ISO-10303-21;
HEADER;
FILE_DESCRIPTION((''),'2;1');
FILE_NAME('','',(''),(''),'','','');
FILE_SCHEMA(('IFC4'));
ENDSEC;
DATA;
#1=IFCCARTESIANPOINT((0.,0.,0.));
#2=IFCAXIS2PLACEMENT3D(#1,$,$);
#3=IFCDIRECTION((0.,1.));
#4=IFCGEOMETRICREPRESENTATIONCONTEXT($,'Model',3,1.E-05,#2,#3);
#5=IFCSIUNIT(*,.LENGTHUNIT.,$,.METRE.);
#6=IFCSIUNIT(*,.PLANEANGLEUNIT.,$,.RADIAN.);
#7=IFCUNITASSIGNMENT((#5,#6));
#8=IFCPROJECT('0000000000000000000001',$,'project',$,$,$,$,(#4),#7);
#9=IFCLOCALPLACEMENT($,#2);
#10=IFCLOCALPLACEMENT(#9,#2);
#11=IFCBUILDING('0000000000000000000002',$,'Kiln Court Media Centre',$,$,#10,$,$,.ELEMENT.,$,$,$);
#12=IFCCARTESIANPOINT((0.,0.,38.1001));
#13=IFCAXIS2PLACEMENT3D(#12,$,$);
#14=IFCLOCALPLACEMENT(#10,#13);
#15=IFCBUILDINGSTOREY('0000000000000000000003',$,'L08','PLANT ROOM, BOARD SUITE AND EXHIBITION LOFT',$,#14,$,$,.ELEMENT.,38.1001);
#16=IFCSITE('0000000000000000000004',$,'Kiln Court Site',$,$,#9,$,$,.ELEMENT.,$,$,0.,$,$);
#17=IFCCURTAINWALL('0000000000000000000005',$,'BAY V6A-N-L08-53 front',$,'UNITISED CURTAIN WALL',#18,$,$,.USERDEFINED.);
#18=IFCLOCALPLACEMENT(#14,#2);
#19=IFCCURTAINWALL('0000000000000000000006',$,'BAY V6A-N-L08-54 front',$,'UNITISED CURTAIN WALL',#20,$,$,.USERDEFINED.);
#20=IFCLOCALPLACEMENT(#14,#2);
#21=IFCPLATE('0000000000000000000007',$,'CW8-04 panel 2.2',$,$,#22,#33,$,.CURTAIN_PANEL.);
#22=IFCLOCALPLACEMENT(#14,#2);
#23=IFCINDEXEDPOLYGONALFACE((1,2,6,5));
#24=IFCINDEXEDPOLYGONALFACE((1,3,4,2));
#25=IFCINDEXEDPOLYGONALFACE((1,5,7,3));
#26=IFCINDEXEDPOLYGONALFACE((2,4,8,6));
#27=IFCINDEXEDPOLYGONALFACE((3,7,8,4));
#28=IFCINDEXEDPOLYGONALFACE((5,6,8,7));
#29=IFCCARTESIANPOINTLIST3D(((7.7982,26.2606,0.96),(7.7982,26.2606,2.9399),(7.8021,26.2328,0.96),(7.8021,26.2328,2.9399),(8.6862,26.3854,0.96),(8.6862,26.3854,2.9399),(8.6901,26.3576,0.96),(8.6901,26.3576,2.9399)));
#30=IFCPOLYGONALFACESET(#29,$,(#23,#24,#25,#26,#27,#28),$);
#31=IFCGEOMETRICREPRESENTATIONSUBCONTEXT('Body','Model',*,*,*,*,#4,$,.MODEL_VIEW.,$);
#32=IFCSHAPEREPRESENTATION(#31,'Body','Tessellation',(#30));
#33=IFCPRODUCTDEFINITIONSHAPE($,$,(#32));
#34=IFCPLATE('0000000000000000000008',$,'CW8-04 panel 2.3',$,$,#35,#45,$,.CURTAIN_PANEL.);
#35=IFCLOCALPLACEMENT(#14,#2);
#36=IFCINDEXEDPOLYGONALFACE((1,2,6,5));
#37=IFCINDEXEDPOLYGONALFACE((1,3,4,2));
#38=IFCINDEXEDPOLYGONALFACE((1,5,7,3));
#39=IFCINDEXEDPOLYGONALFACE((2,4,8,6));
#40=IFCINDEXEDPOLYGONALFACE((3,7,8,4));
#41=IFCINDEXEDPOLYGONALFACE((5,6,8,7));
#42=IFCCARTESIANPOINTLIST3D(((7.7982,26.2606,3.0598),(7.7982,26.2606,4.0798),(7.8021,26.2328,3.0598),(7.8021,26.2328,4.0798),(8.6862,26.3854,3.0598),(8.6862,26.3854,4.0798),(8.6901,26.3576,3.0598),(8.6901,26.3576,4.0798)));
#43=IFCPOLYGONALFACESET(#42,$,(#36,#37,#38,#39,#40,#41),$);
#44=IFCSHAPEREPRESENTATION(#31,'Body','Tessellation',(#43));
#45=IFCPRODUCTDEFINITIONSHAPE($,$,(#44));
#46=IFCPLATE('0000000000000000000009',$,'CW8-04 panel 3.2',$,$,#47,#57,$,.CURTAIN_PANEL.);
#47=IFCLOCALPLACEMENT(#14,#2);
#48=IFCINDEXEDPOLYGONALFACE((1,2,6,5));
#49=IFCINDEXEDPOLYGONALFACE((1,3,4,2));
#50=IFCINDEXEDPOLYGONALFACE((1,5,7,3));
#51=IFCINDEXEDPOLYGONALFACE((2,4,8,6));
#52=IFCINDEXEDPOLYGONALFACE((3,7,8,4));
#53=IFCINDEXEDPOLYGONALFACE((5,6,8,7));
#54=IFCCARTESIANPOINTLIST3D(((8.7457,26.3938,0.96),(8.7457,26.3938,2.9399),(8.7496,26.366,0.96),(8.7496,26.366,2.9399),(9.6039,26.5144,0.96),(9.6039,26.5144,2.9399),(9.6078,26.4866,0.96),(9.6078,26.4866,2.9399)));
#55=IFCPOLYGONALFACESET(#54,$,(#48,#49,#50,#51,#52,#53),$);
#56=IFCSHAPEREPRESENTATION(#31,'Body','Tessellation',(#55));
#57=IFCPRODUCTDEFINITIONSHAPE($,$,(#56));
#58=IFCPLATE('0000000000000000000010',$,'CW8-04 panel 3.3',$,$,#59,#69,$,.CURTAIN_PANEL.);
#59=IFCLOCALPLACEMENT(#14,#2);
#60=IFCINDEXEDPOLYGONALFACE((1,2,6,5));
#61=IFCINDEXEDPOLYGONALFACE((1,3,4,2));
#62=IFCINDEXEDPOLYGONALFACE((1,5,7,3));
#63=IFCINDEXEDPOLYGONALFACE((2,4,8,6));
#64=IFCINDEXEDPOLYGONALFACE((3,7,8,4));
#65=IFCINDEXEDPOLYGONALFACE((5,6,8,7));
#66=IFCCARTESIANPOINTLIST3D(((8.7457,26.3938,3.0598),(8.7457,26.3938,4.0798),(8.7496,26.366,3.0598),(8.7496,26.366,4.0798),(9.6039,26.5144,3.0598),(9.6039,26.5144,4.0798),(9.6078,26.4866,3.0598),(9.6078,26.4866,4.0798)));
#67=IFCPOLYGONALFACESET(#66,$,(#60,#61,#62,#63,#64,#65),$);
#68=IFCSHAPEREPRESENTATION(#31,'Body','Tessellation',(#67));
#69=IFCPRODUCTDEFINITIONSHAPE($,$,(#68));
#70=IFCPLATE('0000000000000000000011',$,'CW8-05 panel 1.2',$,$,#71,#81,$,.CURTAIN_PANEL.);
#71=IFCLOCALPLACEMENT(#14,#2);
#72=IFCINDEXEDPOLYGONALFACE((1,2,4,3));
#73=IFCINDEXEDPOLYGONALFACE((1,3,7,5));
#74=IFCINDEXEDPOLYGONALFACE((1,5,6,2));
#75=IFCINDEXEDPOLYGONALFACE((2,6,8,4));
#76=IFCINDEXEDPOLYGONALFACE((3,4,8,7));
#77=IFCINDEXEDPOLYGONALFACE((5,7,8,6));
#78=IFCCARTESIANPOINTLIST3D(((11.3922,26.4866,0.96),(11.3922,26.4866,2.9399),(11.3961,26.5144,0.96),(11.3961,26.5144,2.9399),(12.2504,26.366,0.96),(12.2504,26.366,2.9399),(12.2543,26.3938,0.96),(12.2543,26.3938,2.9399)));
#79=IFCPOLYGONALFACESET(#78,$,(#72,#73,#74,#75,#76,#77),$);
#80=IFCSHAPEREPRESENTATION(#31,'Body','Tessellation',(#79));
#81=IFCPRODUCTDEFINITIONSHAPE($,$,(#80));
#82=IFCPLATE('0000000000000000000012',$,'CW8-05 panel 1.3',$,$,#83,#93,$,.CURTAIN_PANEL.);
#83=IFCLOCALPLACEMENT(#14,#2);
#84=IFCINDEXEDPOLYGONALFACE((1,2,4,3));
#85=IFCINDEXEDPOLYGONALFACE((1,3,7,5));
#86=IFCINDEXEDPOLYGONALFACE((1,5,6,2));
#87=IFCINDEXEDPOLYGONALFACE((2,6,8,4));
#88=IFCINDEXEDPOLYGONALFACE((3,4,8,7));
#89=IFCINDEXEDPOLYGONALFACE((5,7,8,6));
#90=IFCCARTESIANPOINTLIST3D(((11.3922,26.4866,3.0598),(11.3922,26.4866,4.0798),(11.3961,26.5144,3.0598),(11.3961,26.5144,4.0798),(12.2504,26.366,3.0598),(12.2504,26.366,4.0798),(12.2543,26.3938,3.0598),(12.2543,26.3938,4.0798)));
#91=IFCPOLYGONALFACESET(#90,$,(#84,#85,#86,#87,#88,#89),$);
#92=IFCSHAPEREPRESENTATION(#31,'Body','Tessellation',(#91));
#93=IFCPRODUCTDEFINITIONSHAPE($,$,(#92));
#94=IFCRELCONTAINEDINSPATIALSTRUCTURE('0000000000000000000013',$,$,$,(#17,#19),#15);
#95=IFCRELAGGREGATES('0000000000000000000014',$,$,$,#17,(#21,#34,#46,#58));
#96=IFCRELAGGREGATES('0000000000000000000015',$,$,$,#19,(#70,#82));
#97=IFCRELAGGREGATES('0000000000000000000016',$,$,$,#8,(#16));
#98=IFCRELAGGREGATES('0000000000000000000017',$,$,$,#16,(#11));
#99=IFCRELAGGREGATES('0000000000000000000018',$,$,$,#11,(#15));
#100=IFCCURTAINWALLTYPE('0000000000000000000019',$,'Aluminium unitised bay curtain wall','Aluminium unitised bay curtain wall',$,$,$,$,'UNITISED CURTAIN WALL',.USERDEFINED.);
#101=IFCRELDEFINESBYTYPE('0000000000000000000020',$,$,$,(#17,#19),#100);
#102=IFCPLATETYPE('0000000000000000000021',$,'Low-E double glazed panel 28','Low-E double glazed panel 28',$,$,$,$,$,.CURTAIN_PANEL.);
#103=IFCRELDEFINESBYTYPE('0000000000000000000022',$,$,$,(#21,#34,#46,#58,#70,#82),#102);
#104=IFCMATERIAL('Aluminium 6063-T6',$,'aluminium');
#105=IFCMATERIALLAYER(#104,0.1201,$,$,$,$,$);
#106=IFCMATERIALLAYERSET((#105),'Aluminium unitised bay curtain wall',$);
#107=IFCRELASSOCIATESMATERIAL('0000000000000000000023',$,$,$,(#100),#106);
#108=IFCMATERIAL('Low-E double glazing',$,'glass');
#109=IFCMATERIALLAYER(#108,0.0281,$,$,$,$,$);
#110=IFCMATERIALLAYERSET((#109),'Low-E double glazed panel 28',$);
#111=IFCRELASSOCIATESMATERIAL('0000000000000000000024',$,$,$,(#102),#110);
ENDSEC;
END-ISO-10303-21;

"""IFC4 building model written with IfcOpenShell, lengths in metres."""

from ifc_helpers import new_model, si_unit, direction, frame, origin, origin_2d, place, context, subcontext, project, spatial, rectangle, extrude, material, layer, layer_set, type_object, element, aggregate, save


model = new_model("IFC4")

# Units and contexts
model_context = context("Model", 3, precision=1e-05, world=origin(), true_north=direction((0.0, 1.0)))
body_context = subcontext(model_context, "Body", "Model", "MODEL_VIEW")
ifc_project = project(units=[si_unit("LENGTHUNIT", "METRE"), si_unit("PLANEANGLEUNIT", "RADIAN")], contexts=[model_context])

# Site, building, storey
site_placement = place(None, origin())
site = spatial("IfcSite", under=ifc_project, at=site_placement, Name="Kiln Court Site", CompositionType="ELEMENT", RefElevation=0.0)
building_placement = place(site_placement, origin())
building = spatial("IfcBuilding", under=site, at=building_placement, Name="Kiln Court Media Centre", CompositionType="ELEMENT")
storey_placement = place(building_placement, frame((0.0, 0.0, 38.1001)))
storey = spatial("IfcBuildingStorey", under=building, at=storey_placement, Name="L08", Description="PLANT ROOM, BOARD SUITE AND EXHIBITION LOFT", CompositionType="ELEMENT", Elevation=38.1001)

# Curtain walls
ifc_material_1 = material(Name="Aluminium 6063-T6", Category="aluminium")
ifc_layer_1 = layer(ifc_material_1, 0.1201)
ifc_layer_set_1 = layer_set([ifc_layer_1], Name="Aluminium unitised bay curtain wall")
curtain_wall_type = type_object("IfcCurtainWallType", Name="Aluminium unitised bay curtain wall", Description="Aluminium unitised bay curtain wall", ElementType="UNITISED CURTAIN WALL", PredefinedType="USERDEFINED", material=ifc_layer_set_1)
curtain_wall_1_placement = place(storey_placement, origin())
curtain_wall_1 = element("IfcCurtainWall", 1, at=curtain_wall_1_placement, inside=storey, type_object=curtain_wall_type, Name="BAY V6A-N-L08-53 front", ObjectType="UNITISED CURTAIN WALL", PredefinedType="USERDEFINED")
curtain_wall_2_placement = place(storey_placement, origin())
curtain_wall_2 = element("IfcCurtainWall", 2, at=curtain_wall_2_placement, inside=storey, type_object=curtain_wall_type, Name="BAY V6A-N-L08-54 front", ObjectType="UNITISED CURTAIN WALL", PredefinedType="USERDEFINED")

# Plates
ifc_material_2 = material(Name="Low-E double glazing", Category="glass")
ifc_layer_2 = layer(ifc_material_2, 0.0281)
ifc_layer_set_2 = layer_set([ifc_layer_2], Name="Low-E double glazed panel 28")
plate_type_1 = type_object("IfcPlateType", Name="Low-E double glazed panel 28", Description="Low-E double glazed panel 28", PredefinedType="CURTAIN_PANEL", material=ifc_layer_set_2)
plate_1_placement = place(storey_placement, frame((8.2441, 26.3091, 0.96), z_axis=(0.0, 0.0, 1.0), x_axis=(0.99027, 0.139162, 0.0)))
plate_1 = element("IfcPlate", 3, at=plate_1_placement, type_object=plate_type_1, Name="CW8-04 panel 2.2", PredefinedType="CURTAIN_PANEL", context=body_context, shape_type="SweptSolid", body=[
    extrude(rectangle(XDim=0.8967, YDim=0.0281, at=origin_2d()), origin(), (0.0, 0.0, 1.0), 1.98),
])
plate_2_placement = place(storey_placement, frame((8.2441, 26.3091, 3.0598), z_axis=(0.0, 0.0, 1.0), x_axis=(0.99027, 0.139162, 0.0)))
plate_2 = element("IfcPlate", 4, at=plate_2_placement, type_object=plate_type_1, Name="CW8-04 panel 2.3", PredefinedType="CURTAIN_PANEL", context=body_context, shape_type="SweptSolid", body=[
    extrude(rectangle(XDim=0.8967, YDim=0.0281, at=origin_2d()), origin(), (0.0, 0.0, 1.0), 1.02),
])
plate_3_placement = place(storey_placement, frame((9.1768, 26.4402, 0.96), z_axis=(0.0, 0.0, 1.0), x_axis=(0.99027, 0.139162, 0.0)))
plate_3 = element("IfcPlate", 5, at=plate_3_placement, type_object=plate_type_1, Name="CW8-04 panel 3.2", PredefinedType="CURTAIN_PANEL", context=body_context, shape_type="SweptSolid", body=[
    extrude(rectangle(XDim=0.8667, YDim=0.0281, at=origin_2d()), origin(), (0.0, 0.0, 1.0), 1.98),
])
plate_4_placement = place(storey_placement, frame((9.1768, 26.4402, 3.0598), z_axis=(0.0, 0.0, 1.0), x_axis=(0.99027, 0.139162, 0.0)))
plate_4 = element("IfcPlate", 6, at=plate_4_placement, type_object=plate_type_1, Name="CW8-04 panel 3.3", PredefinedType="CURTAIN_PANEL", context=body_context, shape_type="SweptSolid", body=[
    extrude(rectangle(XDim=0.8667, YDim=0.0281, at=origin_2d()), origin(), (0.0, 0.0, 1.0), 1.02),
])
aggregate(curtain_wall_1, [plate_1, plate_2, plate_3, plate_4])
plate_5_placement = place(storey_placement, frame((11.8232, 26.4402, 0.96), z_axis=(0.0, 0.0, 1.0), x_axis=(0.99027, -0.139162, 0.0)))
plate_5 = element("IfcPlate", 7, at=plate_5_placement, type_object=plate_type_1, Name="CW8-05 panel 1.2", PredefinedType="CURTAIN_PANEL", context=body_context, shape_type="SweptSolid", body=[
    extrude(rectangle(XDim=0.8667, YDim=0.0281, at=origin_2d()), origin(), (0.0, 0.0, 1.0), 1.98),
])
plate_6_placement = place(storey_placement, frame((11.8232, 26.4402, 3.0598), z_axis=(0.0, 0.0, 1.0), x_axis=(0.99027, -0.139162, 0.0)))
plate_6 = element("IfcPlate", 8, at=plate_6_placement, type_object=plate_type_1, Name="CW8-05 panel 1.3", PredefinedType="CURTAIN_PANEL", context=body_context, shape_type="SweptSolid", body=[
    extrude(rectangle(XDim=0.8667, YDim=0.0281, at=origin_2d()), origin(), (0.0, 0.0, 1.0), 1.02),
])
aggregate(curtain_wall_2, [plate_5, plate_6])

save(model, "model.ifc")
